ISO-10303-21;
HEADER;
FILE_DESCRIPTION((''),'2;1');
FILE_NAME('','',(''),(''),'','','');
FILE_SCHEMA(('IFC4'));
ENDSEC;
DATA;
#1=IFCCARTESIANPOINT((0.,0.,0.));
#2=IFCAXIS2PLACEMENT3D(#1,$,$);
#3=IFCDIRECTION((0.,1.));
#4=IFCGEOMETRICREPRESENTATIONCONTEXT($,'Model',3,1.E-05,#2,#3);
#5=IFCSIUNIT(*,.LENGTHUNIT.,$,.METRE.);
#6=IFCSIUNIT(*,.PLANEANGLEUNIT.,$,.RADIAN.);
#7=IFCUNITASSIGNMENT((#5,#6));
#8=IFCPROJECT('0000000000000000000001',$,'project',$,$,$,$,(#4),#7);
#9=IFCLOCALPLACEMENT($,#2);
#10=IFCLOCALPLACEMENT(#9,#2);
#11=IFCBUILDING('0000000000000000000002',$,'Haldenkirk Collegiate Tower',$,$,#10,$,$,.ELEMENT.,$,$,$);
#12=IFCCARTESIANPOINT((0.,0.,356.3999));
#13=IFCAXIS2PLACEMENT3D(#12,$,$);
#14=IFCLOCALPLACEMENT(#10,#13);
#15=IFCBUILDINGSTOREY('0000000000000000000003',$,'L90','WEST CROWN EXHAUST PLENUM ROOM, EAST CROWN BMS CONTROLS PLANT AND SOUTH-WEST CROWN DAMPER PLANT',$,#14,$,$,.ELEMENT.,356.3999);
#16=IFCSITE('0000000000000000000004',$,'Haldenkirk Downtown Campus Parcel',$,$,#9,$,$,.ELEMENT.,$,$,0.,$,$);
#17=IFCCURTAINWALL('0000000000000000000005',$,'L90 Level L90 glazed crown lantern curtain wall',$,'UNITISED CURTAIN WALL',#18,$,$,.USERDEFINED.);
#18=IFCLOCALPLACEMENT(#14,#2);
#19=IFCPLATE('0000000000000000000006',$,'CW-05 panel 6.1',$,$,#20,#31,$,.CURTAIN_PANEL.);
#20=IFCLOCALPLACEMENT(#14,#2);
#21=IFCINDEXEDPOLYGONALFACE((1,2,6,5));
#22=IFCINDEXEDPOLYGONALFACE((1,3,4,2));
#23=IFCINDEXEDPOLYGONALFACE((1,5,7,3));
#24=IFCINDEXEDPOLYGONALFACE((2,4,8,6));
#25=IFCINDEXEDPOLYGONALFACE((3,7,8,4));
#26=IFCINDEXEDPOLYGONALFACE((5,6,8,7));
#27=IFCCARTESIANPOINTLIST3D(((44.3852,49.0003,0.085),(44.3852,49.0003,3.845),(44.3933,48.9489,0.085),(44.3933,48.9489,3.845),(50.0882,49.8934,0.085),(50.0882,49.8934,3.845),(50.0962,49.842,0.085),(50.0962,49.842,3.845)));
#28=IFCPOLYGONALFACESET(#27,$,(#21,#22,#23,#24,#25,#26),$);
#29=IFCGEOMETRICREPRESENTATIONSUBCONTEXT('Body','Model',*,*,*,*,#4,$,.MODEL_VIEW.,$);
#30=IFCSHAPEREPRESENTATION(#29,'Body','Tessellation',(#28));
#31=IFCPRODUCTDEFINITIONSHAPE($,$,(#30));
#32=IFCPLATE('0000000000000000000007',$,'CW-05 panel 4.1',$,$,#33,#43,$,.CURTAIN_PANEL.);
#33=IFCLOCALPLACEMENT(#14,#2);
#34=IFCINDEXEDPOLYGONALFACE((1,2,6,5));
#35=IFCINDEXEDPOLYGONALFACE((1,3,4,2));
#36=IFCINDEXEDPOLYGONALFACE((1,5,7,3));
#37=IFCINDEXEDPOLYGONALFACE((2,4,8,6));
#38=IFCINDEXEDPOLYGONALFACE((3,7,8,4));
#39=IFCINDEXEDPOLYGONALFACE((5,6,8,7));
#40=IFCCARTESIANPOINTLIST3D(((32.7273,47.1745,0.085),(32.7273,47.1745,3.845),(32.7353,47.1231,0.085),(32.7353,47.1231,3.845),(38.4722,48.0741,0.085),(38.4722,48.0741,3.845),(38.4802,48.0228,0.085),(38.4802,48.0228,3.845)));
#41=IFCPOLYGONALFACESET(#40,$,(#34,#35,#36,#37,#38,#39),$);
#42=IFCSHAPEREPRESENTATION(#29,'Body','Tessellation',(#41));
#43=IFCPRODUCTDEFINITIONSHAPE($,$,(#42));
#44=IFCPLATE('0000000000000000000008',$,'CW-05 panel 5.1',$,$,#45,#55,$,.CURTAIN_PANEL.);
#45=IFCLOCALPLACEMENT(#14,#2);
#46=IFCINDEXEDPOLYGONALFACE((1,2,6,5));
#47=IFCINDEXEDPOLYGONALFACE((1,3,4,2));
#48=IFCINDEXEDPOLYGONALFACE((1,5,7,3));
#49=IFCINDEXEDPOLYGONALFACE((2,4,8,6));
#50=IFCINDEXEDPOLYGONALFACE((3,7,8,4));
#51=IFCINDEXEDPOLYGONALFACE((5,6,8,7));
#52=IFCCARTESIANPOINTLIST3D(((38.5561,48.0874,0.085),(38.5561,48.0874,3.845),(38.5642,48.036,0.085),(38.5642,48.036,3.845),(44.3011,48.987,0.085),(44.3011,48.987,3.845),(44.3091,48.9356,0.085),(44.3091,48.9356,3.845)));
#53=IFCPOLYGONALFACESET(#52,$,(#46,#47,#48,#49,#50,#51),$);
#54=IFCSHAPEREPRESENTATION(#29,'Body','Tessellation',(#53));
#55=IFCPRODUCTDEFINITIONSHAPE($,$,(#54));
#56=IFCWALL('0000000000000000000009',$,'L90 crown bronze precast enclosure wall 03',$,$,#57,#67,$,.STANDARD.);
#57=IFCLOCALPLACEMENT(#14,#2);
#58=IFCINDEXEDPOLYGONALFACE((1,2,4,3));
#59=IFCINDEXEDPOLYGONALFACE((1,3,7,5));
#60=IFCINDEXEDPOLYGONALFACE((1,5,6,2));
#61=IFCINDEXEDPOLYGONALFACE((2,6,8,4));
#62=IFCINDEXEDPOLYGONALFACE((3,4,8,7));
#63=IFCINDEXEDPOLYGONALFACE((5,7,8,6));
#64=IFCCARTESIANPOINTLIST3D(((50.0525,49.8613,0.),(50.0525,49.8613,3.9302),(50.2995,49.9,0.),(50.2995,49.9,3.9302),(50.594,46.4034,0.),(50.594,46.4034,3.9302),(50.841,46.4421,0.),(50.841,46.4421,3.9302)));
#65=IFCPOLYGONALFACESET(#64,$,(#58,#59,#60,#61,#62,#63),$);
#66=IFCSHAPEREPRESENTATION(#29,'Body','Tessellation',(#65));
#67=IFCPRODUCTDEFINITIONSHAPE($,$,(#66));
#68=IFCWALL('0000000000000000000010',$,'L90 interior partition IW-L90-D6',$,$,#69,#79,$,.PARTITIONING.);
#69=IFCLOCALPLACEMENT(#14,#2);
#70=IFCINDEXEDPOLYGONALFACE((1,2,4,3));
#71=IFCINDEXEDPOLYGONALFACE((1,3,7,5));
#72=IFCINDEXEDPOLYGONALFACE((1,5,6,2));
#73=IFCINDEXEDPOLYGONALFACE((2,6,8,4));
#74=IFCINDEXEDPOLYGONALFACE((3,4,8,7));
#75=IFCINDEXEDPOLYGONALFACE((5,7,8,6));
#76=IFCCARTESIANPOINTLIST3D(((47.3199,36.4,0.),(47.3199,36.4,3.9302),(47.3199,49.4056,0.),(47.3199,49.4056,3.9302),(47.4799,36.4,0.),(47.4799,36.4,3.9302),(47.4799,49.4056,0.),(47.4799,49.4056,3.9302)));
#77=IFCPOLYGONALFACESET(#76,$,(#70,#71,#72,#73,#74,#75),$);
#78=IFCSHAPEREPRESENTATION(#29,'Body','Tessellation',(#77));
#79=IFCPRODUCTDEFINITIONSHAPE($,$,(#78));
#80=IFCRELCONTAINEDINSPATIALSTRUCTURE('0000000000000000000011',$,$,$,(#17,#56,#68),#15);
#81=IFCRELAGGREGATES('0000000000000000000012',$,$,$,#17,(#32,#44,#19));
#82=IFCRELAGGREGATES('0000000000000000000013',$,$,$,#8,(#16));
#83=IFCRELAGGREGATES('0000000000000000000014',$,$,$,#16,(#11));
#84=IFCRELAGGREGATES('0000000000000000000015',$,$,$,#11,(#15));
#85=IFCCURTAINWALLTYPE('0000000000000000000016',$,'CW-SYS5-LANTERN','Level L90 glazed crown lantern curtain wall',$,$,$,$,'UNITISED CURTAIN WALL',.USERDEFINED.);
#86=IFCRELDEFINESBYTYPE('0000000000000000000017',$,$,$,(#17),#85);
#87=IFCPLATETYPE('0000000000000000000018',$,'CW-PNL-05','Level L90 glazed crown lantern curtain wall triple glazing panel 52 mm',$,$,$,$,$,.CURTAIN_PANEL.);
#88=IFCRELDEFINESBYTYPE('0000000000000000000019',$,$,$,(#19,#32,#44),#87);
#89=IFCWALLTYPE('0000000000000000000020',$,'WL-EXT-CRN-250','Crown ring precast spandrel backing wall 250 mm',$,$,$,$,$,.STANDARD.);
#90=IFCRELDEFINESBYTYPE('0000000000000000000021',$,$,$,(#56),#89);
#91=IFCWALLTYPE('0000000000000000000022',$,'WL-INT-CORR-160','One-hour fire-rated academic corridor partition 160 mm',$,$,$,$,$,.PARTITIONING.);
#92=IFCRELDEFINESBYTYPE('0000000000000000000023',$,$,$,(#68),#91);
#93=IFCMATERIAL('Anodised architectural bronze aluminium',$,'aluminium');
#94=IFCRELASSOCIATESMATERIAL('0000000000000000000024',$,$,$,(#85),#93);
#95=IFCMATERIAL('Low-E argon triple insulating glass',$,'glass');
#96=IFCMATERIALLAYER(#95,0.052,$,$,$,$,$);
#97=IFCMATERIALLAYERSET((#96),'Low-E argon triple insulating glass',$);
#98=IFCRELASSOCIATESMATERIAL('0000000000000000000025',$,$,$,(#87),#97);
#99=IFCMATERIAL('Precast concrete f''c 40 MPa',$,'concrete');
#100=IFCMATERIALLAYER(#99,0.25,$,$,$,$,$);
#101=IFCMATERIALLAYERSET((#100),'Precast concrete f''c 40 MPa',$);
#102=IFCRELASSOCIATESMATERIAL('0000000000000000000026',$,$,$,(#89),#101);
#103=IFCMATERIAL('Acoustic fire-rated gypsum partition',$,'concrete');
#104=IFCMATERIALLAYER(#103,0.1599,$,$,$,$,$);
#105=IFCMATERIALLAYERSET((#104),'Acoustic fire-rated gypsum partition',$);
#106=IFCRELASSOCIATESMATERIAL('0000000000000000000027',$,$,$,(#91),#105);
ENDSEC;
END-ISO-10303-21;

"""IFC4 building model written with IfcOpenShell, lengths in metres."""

from ifc_helpers import new_model, si_unit, direction, frame, frame_2d, origin, origin_2d, place, context, subcontext, project, spatial, rectangle, extrude, source, transform, mapped, material, layer, layer_set, type_object, element, aggregate, save


model = new_model("IFC4")

# Units and contexts
model_context = context("Model", 3, precision=1e-05, world=origin(), true_north=direction((0.0, 1.0)))
body_context = subcontext(model_context, "Body", "Model", "MODEL_VIEW")
ifc_project = project(units=[si_unit("LENGTHUNIT", "METRE"), si_unit("PLANEANGLEUNIT", "RADIAN")], contexts=[model_context])

# Site, building, storey
site_placement = place(None, origin())
site = spatial("IfcSite", under=ifc_project, at=site_placement, Name="Haldenkirk Downtown Campus Parcel", CompositionType="ELEMENT", RefElevation=0.0)
building_placement = place(site_placement, origin())
building = spatial("IfcBuilding", under=site, at=building_placement, Name="Haldenkirk Collegiate Tower", CompositionType="ELEMENT")
storey_placement = place(building_placement, frame((0.0, 0.0, 356.3999)))
storey = spatial("IfcBuildingStorey", under=building, at=storey_placement, Name="L90", Description="WEST CROWN EXHAUST PLENUM ROOM, EAST CROWN BMS CONTROLS PLANT AND SOUTH-WEST CROWN DAMPER PLANT", CompositionType="ELEMENT", Elevation=356.3999)

# Curtain wall
ifc_material_1 = material(Name="Anodised architectural bronze aluminium", Category="aluminium")
curtain_wall_type = type_object("IfcCurtainWallType", Name="CW-SYS5-LANTERN", Description="Level L90 glazed crown lantern curtain wall", ElementType="UNITISED CURTAIN WALL", PredefinedType="USERDEFINED", material=ifc_material_1)
curtain_wall_1_placement = place(storey_placement, origin())
curtain_wall_1 = element("IfcCurtainWall", 1, at=curtain_wall_1_placement, inside=storey, type_object=curtain_wall_type, Name="L90 Level L90 glazed crown lantern curtain wall", ObjectType="UNITISED CURTAIN WALL", PredefinedType="USERDEFINED")

# Plates
ifc_material_2 = material(Name="Low-E argon triple insulating glass", Category="glass")
ifc_layer_1 = layer(ifc_material_2, 0.052)
ifc_layer_set_1 = layer_set([ifc_layer_1], Name="Low-E argon triple insulating glass")
plate_type = type_object("IfcPlateType", Name="CW-PNL-05", Description="Level L90 glazed crown lantern curtain wall triple glazing panel 52 mm", PredefinedType="CURTAIN_PANEL", material=ifc_layer_set_1)
shared_shape_1 = source(origin(), body_context, "Body", "SweptSolid", [
    extrude(rectangle(XDim=5.7725, YDim=0.052, at=origin_2d()), origin(), (0.0, 0.0, 1.0), 3.76),
])
plate_1_placement = place(storey_placement, frame((47.2407, 49.4211, 0.085), z_axis=(0.0, 0.0, 1.0), x_axis=(0.98796, 0.154709, 0.0)))
plate_1 = element("IfcPlate", 2, at=plate_1_placement, type_object=plate_type, Name="CW-05 panel 6.1", PredefinedType="CURTAIN_PANEL", context=body_context, shape_type="MappedRepresentation", body=[
    mapped(shared_shape_1, transform((0.0, 0.0, 0.0), x_axis=(1.0, 0.0, 0.0), y_axis=(0.0, 1.0, 0.0), z_axis=(0.0, 0.0, 1.0), scale=1.0)),
])
shared_shape_2 = source(origin(), body_context, "Body", "SweptSolid", [
    extrude(rectangle(XDim=5.8149, YDim=0.052, at=origin_2d()), origin(), (0.0, 0.0, 1.0), 3.76),
])
plate_2_placement = place(storey_placement, frame((35.6038, 47.5986, 0.085), z_axis=(0.0, 0.0, 1.0), x_axis=(0.98796, 0.154709, 0.0)))
plate_2 = element("IfcPlate", 3, at=plate_2_placement, type_object=plate_type, Name="CW-05 panel 4.1", PredefinedType="CURTAIN_PANEL", context=body_context, shape_type="MappedRepresentation", body=[
    mapped(shared_shape_2, transform((0.0, 0.0, 0.0), x_axis=(1.0, 0.0, 0.0), y_axis=(0.0, 1.0, 0.0), z_axis=(0.0, 0.0, 1.0), scale=1.0)),
])
plate_3_placement = place(storey_placement, frame((41.4326, 48.5115, 0.085), z_axis=(0.0, 0.0, 1.0), x_axis=(0.98796, 0.154709, 0.0)))
plate_3 = element("IfcPlate", 4, at=plate_3_placement, type_object=plate_type, Name="CW-05 panel 5.1", PredefinedType="CURTAIN_PANEL", context=body_context, shape_type="MappedRepresentation", body=[
    mapped(shared_shape_2, transform((0.0, 0.0, 0.0), x_axis=(1.0, 0.0, 0.0), y_axis=(0.0, 1.0, 0.0), z_axis=(0.0, 0.0, 1.0), scale=1.0)),
])
aggregate(curtain_wall_1, [plate_2, plate_3, plate_1])

# Walls
ifc_material_3 = material(Name="Precast concrete f'c 40 MPa", Category="concrete")
ifc_layer_2 = layer(ifc_material_3, 0.25)
ifc_layer_set_2 = layer_set([ifc_layer_2], Name="Precast concrete f'c 40 MPa")
wall_type_1 = type_object("IfcWallType", Name="WL-EXT-CRN-250", Description="Crown ring precast spandrel backing wall 250 mm", PredefinedType="STANDARD", material=ifc_layer_set_2)
wall_1_placement = place(storey_placement, frame((50.176, 49.8806, 0.0), z_axis=(0.0, 0.0, 1.0), x_axis=(0.154719, -0.987958, 0.0)))
element("IfcWall", 5, at=wall_1_placement, inside=storey, type_object=wall_type_1, Name="L90 crown bronze precast enclosure wall 03", PredefinedType="STANDARD", context=body_context, shape_type="SweptSolid", body=[
    extrude(rectangle(XDim=3.5, YDim=0.25, at=frame_2d((1.75, 0.0))), origin(), (0.0, 0.0, 1.0), 3.9302),
])
ifc_material_4 = material(Name="Acoustic fire-rated gypsum partition", Category="concrete")
ifc_layer_3 = layer(ifc_material_4, 0.1599)
ifc_layer_set_3 = layer_set([ifc_layer_3], Name="Acoustic fire-rated gypsum partition")
wall_type_2 = type_object("IfcWallType", Name="WL-INT-CORR-160", Description="One-hour fire-rated academic corridor partition 160 mm", PredefinedType="PARTITIONING", material=ifc_layer_set_3)
wall_2_placement = place(storey_placement, frame((47.3999, 36.3999, 0.0), z_axis=(0.0, 0.0, 1.0), x_axis=(0.0, 1.0, 0.0)))
element("IfcWall", 6, at=wall_2_placement, inside=storey, type_object=wall_type_2, Name="L90 interior partition IW-L90-D6", PredefinedType="PARTITIONING", context=body_context, shape_type="SweptSolid", body=[
    extrude(rectangle(XDim=13.0056, YDim=0.1599, at=frame_2d((6.5029, 0.0))), origin(), (0.0, 0.0, 1.0), 3.9302),
])

save(model, "model.ifc")
